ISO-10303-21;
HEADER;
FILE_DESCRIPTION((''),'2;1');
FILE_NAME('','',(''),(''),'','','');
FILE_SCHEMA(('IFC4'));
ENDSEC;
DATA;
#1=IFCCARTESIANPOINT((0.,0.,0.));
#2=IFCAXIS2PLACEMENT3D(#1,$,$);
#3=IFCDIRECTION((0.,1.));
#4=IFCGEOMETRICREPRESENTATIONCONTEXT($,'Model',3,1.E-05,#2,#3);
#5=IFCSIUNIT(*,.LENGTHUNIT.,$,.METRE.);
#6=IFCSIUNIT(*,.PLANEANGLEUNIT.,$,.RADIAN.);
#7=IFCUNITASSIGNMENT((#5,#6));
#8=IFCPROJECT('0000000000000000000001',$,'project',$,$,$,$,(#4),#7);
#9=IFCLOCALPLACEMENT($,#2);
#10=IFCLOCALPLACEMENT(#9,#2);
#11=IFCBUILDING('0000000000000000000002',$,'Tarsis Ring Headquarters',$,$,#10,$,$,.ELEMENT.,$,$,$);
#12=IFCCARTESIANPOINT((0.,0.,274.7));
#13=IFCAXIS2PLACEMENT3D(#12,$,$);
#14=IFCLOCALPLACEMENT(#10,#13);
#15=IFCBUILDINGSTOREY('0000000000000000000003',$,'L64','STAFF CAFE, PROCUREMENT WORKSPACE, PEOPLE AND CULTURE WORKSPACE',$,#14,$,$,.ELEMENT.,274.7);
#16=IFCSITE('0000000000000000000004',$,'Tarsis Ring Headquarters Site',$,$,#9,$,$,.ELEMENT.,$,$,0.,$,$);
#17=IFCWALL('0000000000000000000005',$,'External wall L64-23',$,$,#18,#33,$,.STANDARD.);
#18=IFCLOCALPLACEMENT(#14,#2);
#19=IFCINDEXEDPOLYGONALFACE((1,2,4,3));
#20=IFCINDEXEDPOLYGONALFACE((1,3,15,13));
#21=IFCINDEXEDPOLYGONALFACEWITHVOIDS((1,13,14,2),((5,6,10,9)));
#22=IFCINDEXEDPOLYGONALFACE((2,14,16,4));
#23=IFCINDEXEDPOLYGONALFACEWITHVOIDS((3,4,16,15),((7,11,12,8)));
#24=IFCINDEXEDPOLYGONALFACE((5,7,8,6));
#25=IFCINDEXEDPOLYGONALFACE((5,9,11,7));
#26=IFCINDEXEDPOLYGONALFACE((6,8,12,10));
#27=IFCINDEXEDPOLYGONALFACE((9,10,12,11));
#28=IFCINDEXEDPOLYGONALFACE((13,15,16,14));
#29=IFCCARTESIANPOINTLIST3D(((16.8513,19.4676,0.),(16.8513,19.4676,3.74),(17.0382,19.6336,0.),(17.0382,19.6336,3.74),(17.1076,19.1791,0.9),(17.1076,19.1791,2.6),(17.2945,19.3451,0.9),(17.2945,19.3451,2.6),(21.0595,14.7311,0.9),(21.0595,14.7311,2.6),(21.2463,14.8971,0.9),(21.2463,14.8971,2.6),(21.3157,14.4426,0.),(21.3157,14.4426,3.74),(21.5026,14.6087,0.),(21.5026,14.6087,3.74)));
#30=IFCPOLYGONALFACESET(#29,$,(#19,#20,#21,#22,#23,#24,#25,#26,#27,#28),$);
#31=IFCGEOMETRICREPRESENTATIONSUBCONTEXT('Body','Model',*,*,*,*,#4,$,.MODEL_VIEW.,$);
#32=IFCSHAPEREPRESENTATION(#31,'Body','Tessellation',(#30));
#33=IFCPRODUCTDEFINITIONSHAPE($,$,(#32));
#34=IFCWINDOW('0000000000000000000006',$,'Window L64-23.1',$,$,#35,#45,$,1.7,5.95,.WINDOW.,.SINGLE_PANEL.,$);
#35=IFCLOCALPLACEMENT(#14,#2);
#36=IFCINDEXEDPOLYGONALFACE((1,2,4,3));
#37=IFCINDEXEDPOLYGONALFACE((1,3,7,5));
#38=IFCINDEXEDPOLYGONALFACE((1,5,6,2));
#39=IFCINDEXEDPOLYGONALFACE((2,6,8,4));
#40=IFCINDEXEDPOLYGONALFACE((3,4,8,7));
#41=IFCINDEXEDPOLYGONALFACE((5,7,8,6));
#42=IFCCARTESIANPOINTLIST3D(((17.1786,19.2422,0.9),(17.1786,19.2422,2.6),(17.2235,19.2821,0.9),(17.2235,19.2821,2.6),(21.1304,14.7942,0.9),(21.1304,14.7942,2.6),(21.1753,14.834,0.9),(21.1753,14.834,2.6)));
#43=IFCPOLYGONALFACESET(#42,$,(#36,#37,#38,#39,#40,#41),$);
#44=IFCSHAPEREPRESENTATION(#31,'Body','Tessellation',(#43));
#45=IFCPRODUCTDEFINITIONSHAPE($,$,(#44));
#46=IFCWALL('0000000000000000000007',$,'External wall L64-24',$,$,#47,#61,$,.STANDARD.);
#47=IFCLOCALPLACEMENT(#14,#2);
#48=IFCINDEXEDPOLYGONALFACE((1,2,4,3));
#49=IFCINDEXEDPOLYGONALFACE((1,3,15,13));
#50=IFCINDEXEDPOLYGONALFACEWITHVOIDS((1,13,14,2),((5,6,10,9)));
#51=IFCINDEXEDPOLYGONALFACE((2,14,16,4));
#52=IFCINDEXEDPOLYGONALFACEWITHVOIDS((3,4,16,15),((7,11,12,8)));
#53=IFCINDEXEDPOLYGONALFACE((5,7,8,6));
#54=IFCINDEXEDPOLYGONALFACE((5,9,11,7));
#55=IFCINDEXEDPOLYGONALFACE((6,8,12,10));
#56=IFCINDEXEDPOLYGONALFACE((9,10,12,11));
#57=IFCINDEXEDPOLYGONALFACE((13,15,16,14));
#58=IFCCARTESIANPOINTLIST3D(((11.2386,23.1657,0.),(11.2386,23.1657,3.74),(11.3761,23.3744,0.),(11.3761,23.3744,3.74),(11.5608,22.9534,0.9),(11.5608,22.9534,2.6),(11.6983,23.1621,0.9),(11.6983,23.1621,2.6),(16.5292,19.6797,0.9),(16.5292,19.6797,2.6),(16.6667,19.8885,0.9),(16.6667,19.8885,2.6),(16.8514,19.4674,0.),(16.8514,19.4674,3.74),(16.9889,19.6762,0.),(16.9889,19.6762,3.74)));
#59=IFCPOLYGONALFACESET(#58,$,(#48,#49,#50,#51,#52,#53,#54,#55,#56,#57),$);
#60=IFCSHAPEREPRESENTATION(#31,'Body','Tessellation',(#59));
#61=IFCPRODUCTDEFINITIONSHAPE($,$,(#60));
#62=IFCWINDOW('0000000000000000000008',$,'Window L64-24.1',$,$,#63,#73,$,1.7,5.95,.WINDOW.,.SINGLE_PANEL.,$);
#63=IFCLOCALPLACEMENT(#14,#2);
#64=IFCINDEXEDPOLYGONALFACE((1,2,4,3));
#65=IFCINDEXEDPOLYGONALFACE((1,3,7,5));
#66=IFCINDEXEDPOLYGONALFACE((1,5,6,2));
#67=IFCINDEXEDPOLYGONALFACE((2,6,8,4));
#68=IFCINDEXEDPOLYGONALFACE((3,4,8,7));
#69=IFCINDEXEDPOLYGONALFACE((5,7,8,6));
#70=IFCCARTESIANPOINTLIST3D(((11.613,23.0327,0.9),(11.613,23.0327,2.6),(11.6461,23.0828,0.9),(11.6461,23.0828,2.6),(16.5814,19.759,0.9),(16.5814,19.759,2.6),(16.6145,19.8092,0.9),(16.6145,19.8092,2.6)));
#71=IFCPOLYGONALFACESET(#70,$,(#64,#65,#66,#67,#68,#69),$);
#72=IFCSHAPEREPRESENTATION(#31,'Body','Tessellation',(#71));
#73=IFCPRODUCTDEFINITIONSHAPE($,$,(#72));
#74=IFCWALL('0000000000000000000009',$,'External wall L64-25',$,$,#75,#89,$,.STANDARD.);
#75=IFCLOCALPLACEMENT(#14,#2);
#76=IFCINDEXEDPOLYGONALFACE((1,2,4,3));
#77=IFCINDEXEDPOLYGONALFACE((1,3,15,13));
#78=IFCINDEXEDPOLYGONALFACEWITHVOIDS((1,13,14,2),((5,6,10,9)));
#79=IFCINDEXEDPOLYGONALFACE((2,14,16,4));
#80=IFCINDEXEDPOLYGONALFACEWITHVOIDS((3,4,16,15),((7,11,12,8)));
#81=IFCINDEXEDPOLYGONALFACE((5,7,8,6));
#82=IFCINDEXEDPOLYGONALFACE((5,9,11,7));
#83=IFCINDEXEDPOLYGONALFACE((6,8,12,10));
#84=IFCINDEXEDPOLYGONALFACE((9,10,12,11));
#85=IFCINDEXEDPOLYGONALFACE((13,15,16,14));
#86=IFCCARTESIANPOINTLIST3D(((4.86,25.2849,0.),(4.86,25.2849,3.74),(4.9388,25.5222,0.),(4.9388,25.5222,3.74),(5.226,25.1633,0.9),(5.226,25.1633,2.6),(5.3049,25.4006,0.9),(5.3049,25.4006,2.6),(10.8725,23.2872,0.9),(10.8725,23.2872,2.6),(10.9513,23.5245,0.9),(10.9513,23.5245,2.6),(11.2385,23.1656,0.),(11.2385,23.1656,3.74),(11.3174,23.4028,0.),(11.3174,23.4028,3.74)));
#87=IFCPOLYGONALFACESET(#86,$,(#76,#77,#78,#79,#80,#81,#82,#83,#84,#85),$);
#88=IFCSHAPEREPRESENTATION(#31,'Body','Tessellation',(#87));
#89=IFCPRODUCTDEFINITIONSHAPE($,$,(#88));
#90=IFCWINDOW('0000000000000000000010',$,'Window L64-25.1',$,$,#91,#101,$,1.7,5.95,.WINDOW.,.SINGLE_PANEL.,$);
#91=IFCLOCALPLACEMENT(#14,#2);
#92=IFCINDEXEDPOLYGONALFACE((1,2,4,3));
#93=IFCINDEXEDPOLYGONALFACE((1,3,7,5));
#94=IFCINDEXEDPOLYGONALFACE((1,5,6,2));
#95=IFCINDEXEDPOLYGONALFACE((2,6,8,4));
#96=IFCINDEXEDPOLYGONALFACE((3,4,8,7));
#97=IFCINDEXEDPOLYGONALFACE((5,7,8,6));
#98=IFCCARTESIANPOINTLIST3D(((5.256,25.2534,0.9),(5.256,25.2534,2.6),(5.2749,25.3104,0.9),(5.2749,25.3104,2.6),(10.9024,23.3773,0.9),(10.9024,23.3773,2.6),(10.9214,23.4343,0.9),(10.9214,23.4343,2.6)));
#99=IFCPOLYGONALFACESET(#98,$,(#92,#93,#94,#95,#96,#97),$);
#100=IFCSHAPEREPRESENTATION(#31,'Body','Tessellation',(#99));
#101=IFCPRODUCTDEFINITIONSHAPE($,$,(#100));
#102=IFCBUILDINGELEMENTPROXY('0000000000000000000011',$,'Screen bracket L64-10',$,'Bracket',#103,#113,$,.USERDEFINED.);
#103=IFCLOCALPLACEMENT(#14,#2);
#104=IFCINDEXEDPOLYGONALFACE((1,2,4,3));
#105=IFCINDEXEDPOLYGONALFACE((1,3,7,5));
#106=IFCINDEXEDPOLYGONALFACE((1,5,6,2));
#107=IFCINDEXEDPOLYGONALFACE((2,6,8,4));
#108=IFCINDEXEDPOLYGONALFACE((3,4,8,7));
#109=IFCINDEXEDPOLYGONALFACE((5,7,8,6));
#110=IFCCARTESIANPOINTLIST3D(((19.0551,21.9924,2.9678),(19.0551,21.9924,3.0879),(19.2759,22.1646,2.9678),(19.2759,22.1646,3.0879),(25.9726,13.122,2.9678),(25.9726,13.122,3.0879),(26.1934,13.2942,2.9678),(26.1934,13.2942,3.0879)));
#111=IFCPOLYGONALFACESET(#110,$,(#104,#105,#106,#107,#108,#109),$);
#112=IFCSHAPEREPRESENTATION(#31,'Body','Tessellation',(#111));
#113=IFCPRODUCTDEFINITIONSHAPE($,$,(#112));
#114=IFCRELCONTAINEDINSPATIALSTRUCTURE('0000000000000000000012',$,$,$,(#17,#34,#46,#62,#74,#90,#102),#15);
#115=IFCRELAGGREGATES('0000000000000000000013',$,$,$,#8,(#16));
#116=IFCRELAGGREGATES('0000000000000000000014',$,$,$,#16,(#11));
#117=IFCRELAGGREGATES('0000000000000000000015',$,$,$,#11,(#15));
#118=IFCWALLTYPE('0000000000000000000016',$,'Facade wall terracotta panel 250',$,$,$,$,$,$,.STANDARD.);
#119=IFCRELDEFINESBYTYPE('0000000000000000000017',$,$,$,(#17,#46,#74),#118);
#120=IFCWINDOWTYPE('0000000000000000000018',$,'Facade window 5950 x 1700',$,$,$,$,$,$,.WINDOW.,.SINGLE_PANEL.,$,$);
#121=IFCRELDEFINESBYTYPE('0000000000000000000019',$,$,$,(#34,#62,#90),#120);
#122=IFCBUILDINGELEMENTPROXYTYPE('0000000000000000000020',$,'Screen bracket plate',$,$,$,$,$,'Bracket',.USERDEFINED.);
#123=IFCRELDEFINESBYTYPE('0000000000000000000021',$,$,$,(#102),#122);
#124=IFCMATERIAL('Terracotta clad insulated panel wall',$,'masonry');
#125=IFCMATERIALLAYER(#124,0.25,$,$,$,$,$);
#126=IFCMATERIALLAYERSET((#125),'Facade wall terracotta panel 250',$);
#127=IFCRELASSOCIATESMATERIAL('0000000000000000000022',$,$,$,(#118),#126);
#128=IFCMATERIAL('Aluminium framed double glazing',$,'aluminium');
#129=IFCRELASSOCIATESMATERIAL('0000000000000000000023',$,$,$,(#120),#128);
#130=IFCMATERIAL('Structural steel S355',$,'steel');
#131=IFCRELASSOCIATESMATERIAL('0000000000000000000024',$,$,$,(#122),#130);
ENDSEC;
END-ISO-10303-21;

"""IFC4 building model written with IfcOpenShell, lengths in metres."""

from ifc_helpers import new_model, si_unit, direction, frame, frame_2d, origin, origin_2d, place, context, subcontext, project, spatial, rectangle, extrude, material, layer, layer_set, type_object, element, fill, save


model = new_model("IFC4")

# Units and contexts
model_context = context("Model", 3, precision=1e-05, world=origin(), true_north=direction((0.0, 1.0)))
body_context = subcontext(model_context, "Body", "Model", "MODEL_VIEW")
ifc_project = project(units=[si_unit("LENGTHUNIT", "METRE"), si_unit("PLANEANGLEUNIT", "RADIAN")], contexts=[model_context])

# Site, building, storey
site_placement = place(None, origin())
site = spatial("IfcSite", under=ifc_project, at=site_placement, Name="Tarsis Ring Headquarters Site", CompositionType="ELEMENT", RefElevation=0.0)
building_placement = place(site_placement, origin())
building = spatial("IfcBuilding", under=site, at=building_placement, Name="Tarsis Ring Headquarters", CompositionType="ELEMENT")
storey_placement = place(building_placement, frame((0.0, 0.0, 274.7)))
storey = spatial("IfcBuildingStorey", under=building, at=storey_placement, Name="L64", Description="STAFF CAFE, PROCUREMENT WORKSPACE, PEOPLE AND CULTURE WORKSPACE", CompositionType="ELEMENT", Elevation=274.7)

# Shared definitions
ifc_material_1 = material(Name="Structural steel S355", Category="steel")

# Walls, openings, windows
ifc_material_2 = material(Name="Terracotta clad insulated panel wall", Category="masonry")
ifc_layer_1 = layer(ifc_material_2, 0.25)
ifc_layer_set_1 = layer_set([ifc_layer_1], Name="Facade wall terracotta panel 250")
wall_type_1 = type_object("IfcWallType", Name="Facade wall terracotta panel 250", PredefinedType="STANDARD", material=ifc_layer_set_1)
wall_1_placement = place(storey_placement, frame((21.4092, 14.5256, 0.0), z_axis=(0.0, 0.0, 1.0), x_axis=(-0.664179, 0.747574, 0.0)))
wall_1 = element("IfcWall", 1, at=wall_1_placement, inside=storey, type_object=wall_type_1, Name="External wall L64-23", PredefinedType="STANDARD", context=body_context, shape_type="SweptSolid", body=[
    extrude(rectangle(XDim=6.7217, YDim=0.25, at=frame_2d((3.3608, 0.0))), origin(), (0.0, 0.0, 1.0), 3.74),
])
opening_1_placement = place(wall_1_placement, frame((0.3857, 0.0, 0.8999)))
opening_1 = element("IfcOpeningElement", 2, at=opening_1_placement, cuts=wall_1, PredefinedType="OPENING", context=body_context, shape_type="SweptSolid", body=[
    extrude(rectangle(XDim=5.95, YDim=1.7, at=frame_2d((2.9751, 0.8501))), frame((0.0, 0.135, 0.0), z_axis=(0.0, -1.0, 0.0), x_axis=(1.0, 0.0, 0.0)), (0.0, 0.0, 1.0), 0.27),
])
ifc_material_3 = material(Name="Aluminium framed double glazing", Category="aluminium")
window_type = type_object("IfcWindowType", Name="Facade window 5950 x 1700", PartitioningType="SINGLE_PANEL", PredefinedType="WINDOW", material=ifc_material_3)
window_1_placement = place(opening_1_placement, origin())
window_1 = element("IfcWindow", 3, at=window_1_placement, inside=storey, type_object=window_type, Name="Window L64-23.1", OverallHeight=1.7, OverallWidth=5.95, PartitioningType="SINGLE_PANEL", PredefinedType="WINDOW", context=body_context, shape_type="SweptSolid", body=[
    extrude(rectangle(XDim=5.95, YDim=1.7, at=frame_2d((2.9751, 0.8501))), frame((0.0, 0.03, 0.0), z_axis=(0.0, -1.0, 0.0), x_axis=(1.0, 0.0, 0.0)), (0.0, 0.0, 1.0), 0.0601),
])
fill(opening_1, window_1)
wall_2_placement = place(storey_placement, frame((16.9202, 19.5718, 0.0), z_axis=(0.0, 0.0, 1.0), x_axis=(-0.835033, 0.550199, 0.0)))
wall_2 = element("IfcWall", 4, at=wall_2_placement, inside=storey, type_object=wall_type_1, Name="External wall L64-24", PredefinedType="STANDARD", context=body_context, shape_type="SweptSolid", body=[
    extrude(rectangle(XDim=6.7217, YDim=0.25, at=frame_2d((3.3608, 0.0))), origin(), (0.0, 0.0, 1.0), 3.74),
])
opening_2_placement = place(wall_2_placement, frame((0.3857, 0.0, 0.8999)))
opening_2 = element("IfcOpeningElement", 5, at=opening_2_placement, cuts=wall_2, PredefinedType="OPENING", context=body_context, shape_type="SweptSolid", body=[
    extrude(rectangle(XDim=5.95, YDim=1.7, at=frame_2d((2.9751, 0.8501))), frame((0.0, 0.135, 0.0), z_axis=(0.0, -1.0, 0.0), x_axis=(1.0, 0.0, 0.0)), (0.0, 0.0, 1.0), 0.27),
])
window_2_placement = place(opening_2_placement, origin())
window_2 = element("IfcWindow", 6, at=window_2_placement, inside=storey, type_object=window_type, Name="Window L64-24.1", OverallHeight=1.7, OverallWidth=5.95, PartitioningType="SINGLE_PANEL", PredefinedType="WINDOW", context=body_context, shape_type="SweptSolid", body=[
    extrude(rectangle(XDim=5.95, YDim=1.7, at=frame_2d((2.9751, 0.8501))), frame((0.0, 0.03, 0.0), z_axis=(0.0, -1.0, 0.0), x_axis=(1.0, 0.0, 0.0)), (0.0, 0.0, 1.0), 0.0601),
])
fill(opening_2, window_2)
wall_3_placement = place(storey_placement, frame((11.2781, 23.2842, 0.0), z_axis=(0.0, 0.0, 1.0), x_axis=(-0.948988, 0.315312, 0.0)))
wall_3 = element("IfcWall", 7, at=wall_3_placement, inside=storey, type_object=wall_type_1, Name="External wall L64-25", PredefinedType="STANDARD", context=body_context, shape_type="SweptSolid", body=[
    extrude(rectangle(XDim=6.7214, YDim=0.25, at=frame_2d((3.3608, 0.0))), origin(), (0.0, 0.0, 1.0), 3.74),
])
opening_3_placement = place(wall_3_placement, frame((0.3857, 0.0, 0.8999)))
opening_3 = element("IfcOpeningElement", 8, at=opening_3_placement, cuts=wall_3, PredefinedType="OPENING", context=body_context, shape_type="SweptSolid", body=[
    extrude(rectangle(XDim=5.95, YDim=1.7, at=frame_2d((2.9751, 0.8501))), frame((0.0, 0.135, 0.0), z_axis=(0.0, -1.0, 0.0), x_axis=(1.0, 0.0, 0.0)), (0.0, 0.0, 1.0), 0.27),
])
window_3_placement = place(opening_3_placement, origin())
window_3 = element("IfcWindow", 9, at=window_3_placement, inside=storey, type_object=window_type, Name="Window L64-25.1", OverallHeight=1.7, OverallWidth=5.95, PartitioningType="SINGLE_PANEL", PredefinedType="WINDOW", context=body_context, shape_type="SweptSolid", body=[
    extrude(rectangle(XDim=5.95, YDim=1.7, at=frame_2d((2.9751, 0.8501))), frame((0.0, 0.03, 0.0), z_axis=(0.0, -1.0, 0.0), x_axis=(1.0, 0.0, 0.0)), (0.0, 0.0, 1.0), 0.0601),
])
fill(opening_3, window_3)

# Building element proxy
building_element_proxy_type = type_object("IfcBuildingElementProxyType", Name="Screen bracket plate", ElementType="Bracket", PredefinedType="USERDEFINED", material=ifc_material_1)
proxy_placement = place(storey_placement, frame((22.6243, 17.6433, 2.9678), z_axis=(0.0, 0.0, 1.0), x_axis=(-0.614956, 0.788561, 0.0)))
element("IfcBuildingElementProxy", 10, at=proxy_placement, inside=storey, type_object=building_element_proxy_type, Name="Screen bracket L64-10", ObjectType="Bracket", PredefinedType="USERDEFINED", context=body_context, shape_type="SweptSolid", body=[
    extrude(rectangle(XDim=11.2488, YDim=0.28, at=origin_2d()), origin(), (0.0, 0.0, 1.0), 0.1201),
])

save(model, "model.ifc")
